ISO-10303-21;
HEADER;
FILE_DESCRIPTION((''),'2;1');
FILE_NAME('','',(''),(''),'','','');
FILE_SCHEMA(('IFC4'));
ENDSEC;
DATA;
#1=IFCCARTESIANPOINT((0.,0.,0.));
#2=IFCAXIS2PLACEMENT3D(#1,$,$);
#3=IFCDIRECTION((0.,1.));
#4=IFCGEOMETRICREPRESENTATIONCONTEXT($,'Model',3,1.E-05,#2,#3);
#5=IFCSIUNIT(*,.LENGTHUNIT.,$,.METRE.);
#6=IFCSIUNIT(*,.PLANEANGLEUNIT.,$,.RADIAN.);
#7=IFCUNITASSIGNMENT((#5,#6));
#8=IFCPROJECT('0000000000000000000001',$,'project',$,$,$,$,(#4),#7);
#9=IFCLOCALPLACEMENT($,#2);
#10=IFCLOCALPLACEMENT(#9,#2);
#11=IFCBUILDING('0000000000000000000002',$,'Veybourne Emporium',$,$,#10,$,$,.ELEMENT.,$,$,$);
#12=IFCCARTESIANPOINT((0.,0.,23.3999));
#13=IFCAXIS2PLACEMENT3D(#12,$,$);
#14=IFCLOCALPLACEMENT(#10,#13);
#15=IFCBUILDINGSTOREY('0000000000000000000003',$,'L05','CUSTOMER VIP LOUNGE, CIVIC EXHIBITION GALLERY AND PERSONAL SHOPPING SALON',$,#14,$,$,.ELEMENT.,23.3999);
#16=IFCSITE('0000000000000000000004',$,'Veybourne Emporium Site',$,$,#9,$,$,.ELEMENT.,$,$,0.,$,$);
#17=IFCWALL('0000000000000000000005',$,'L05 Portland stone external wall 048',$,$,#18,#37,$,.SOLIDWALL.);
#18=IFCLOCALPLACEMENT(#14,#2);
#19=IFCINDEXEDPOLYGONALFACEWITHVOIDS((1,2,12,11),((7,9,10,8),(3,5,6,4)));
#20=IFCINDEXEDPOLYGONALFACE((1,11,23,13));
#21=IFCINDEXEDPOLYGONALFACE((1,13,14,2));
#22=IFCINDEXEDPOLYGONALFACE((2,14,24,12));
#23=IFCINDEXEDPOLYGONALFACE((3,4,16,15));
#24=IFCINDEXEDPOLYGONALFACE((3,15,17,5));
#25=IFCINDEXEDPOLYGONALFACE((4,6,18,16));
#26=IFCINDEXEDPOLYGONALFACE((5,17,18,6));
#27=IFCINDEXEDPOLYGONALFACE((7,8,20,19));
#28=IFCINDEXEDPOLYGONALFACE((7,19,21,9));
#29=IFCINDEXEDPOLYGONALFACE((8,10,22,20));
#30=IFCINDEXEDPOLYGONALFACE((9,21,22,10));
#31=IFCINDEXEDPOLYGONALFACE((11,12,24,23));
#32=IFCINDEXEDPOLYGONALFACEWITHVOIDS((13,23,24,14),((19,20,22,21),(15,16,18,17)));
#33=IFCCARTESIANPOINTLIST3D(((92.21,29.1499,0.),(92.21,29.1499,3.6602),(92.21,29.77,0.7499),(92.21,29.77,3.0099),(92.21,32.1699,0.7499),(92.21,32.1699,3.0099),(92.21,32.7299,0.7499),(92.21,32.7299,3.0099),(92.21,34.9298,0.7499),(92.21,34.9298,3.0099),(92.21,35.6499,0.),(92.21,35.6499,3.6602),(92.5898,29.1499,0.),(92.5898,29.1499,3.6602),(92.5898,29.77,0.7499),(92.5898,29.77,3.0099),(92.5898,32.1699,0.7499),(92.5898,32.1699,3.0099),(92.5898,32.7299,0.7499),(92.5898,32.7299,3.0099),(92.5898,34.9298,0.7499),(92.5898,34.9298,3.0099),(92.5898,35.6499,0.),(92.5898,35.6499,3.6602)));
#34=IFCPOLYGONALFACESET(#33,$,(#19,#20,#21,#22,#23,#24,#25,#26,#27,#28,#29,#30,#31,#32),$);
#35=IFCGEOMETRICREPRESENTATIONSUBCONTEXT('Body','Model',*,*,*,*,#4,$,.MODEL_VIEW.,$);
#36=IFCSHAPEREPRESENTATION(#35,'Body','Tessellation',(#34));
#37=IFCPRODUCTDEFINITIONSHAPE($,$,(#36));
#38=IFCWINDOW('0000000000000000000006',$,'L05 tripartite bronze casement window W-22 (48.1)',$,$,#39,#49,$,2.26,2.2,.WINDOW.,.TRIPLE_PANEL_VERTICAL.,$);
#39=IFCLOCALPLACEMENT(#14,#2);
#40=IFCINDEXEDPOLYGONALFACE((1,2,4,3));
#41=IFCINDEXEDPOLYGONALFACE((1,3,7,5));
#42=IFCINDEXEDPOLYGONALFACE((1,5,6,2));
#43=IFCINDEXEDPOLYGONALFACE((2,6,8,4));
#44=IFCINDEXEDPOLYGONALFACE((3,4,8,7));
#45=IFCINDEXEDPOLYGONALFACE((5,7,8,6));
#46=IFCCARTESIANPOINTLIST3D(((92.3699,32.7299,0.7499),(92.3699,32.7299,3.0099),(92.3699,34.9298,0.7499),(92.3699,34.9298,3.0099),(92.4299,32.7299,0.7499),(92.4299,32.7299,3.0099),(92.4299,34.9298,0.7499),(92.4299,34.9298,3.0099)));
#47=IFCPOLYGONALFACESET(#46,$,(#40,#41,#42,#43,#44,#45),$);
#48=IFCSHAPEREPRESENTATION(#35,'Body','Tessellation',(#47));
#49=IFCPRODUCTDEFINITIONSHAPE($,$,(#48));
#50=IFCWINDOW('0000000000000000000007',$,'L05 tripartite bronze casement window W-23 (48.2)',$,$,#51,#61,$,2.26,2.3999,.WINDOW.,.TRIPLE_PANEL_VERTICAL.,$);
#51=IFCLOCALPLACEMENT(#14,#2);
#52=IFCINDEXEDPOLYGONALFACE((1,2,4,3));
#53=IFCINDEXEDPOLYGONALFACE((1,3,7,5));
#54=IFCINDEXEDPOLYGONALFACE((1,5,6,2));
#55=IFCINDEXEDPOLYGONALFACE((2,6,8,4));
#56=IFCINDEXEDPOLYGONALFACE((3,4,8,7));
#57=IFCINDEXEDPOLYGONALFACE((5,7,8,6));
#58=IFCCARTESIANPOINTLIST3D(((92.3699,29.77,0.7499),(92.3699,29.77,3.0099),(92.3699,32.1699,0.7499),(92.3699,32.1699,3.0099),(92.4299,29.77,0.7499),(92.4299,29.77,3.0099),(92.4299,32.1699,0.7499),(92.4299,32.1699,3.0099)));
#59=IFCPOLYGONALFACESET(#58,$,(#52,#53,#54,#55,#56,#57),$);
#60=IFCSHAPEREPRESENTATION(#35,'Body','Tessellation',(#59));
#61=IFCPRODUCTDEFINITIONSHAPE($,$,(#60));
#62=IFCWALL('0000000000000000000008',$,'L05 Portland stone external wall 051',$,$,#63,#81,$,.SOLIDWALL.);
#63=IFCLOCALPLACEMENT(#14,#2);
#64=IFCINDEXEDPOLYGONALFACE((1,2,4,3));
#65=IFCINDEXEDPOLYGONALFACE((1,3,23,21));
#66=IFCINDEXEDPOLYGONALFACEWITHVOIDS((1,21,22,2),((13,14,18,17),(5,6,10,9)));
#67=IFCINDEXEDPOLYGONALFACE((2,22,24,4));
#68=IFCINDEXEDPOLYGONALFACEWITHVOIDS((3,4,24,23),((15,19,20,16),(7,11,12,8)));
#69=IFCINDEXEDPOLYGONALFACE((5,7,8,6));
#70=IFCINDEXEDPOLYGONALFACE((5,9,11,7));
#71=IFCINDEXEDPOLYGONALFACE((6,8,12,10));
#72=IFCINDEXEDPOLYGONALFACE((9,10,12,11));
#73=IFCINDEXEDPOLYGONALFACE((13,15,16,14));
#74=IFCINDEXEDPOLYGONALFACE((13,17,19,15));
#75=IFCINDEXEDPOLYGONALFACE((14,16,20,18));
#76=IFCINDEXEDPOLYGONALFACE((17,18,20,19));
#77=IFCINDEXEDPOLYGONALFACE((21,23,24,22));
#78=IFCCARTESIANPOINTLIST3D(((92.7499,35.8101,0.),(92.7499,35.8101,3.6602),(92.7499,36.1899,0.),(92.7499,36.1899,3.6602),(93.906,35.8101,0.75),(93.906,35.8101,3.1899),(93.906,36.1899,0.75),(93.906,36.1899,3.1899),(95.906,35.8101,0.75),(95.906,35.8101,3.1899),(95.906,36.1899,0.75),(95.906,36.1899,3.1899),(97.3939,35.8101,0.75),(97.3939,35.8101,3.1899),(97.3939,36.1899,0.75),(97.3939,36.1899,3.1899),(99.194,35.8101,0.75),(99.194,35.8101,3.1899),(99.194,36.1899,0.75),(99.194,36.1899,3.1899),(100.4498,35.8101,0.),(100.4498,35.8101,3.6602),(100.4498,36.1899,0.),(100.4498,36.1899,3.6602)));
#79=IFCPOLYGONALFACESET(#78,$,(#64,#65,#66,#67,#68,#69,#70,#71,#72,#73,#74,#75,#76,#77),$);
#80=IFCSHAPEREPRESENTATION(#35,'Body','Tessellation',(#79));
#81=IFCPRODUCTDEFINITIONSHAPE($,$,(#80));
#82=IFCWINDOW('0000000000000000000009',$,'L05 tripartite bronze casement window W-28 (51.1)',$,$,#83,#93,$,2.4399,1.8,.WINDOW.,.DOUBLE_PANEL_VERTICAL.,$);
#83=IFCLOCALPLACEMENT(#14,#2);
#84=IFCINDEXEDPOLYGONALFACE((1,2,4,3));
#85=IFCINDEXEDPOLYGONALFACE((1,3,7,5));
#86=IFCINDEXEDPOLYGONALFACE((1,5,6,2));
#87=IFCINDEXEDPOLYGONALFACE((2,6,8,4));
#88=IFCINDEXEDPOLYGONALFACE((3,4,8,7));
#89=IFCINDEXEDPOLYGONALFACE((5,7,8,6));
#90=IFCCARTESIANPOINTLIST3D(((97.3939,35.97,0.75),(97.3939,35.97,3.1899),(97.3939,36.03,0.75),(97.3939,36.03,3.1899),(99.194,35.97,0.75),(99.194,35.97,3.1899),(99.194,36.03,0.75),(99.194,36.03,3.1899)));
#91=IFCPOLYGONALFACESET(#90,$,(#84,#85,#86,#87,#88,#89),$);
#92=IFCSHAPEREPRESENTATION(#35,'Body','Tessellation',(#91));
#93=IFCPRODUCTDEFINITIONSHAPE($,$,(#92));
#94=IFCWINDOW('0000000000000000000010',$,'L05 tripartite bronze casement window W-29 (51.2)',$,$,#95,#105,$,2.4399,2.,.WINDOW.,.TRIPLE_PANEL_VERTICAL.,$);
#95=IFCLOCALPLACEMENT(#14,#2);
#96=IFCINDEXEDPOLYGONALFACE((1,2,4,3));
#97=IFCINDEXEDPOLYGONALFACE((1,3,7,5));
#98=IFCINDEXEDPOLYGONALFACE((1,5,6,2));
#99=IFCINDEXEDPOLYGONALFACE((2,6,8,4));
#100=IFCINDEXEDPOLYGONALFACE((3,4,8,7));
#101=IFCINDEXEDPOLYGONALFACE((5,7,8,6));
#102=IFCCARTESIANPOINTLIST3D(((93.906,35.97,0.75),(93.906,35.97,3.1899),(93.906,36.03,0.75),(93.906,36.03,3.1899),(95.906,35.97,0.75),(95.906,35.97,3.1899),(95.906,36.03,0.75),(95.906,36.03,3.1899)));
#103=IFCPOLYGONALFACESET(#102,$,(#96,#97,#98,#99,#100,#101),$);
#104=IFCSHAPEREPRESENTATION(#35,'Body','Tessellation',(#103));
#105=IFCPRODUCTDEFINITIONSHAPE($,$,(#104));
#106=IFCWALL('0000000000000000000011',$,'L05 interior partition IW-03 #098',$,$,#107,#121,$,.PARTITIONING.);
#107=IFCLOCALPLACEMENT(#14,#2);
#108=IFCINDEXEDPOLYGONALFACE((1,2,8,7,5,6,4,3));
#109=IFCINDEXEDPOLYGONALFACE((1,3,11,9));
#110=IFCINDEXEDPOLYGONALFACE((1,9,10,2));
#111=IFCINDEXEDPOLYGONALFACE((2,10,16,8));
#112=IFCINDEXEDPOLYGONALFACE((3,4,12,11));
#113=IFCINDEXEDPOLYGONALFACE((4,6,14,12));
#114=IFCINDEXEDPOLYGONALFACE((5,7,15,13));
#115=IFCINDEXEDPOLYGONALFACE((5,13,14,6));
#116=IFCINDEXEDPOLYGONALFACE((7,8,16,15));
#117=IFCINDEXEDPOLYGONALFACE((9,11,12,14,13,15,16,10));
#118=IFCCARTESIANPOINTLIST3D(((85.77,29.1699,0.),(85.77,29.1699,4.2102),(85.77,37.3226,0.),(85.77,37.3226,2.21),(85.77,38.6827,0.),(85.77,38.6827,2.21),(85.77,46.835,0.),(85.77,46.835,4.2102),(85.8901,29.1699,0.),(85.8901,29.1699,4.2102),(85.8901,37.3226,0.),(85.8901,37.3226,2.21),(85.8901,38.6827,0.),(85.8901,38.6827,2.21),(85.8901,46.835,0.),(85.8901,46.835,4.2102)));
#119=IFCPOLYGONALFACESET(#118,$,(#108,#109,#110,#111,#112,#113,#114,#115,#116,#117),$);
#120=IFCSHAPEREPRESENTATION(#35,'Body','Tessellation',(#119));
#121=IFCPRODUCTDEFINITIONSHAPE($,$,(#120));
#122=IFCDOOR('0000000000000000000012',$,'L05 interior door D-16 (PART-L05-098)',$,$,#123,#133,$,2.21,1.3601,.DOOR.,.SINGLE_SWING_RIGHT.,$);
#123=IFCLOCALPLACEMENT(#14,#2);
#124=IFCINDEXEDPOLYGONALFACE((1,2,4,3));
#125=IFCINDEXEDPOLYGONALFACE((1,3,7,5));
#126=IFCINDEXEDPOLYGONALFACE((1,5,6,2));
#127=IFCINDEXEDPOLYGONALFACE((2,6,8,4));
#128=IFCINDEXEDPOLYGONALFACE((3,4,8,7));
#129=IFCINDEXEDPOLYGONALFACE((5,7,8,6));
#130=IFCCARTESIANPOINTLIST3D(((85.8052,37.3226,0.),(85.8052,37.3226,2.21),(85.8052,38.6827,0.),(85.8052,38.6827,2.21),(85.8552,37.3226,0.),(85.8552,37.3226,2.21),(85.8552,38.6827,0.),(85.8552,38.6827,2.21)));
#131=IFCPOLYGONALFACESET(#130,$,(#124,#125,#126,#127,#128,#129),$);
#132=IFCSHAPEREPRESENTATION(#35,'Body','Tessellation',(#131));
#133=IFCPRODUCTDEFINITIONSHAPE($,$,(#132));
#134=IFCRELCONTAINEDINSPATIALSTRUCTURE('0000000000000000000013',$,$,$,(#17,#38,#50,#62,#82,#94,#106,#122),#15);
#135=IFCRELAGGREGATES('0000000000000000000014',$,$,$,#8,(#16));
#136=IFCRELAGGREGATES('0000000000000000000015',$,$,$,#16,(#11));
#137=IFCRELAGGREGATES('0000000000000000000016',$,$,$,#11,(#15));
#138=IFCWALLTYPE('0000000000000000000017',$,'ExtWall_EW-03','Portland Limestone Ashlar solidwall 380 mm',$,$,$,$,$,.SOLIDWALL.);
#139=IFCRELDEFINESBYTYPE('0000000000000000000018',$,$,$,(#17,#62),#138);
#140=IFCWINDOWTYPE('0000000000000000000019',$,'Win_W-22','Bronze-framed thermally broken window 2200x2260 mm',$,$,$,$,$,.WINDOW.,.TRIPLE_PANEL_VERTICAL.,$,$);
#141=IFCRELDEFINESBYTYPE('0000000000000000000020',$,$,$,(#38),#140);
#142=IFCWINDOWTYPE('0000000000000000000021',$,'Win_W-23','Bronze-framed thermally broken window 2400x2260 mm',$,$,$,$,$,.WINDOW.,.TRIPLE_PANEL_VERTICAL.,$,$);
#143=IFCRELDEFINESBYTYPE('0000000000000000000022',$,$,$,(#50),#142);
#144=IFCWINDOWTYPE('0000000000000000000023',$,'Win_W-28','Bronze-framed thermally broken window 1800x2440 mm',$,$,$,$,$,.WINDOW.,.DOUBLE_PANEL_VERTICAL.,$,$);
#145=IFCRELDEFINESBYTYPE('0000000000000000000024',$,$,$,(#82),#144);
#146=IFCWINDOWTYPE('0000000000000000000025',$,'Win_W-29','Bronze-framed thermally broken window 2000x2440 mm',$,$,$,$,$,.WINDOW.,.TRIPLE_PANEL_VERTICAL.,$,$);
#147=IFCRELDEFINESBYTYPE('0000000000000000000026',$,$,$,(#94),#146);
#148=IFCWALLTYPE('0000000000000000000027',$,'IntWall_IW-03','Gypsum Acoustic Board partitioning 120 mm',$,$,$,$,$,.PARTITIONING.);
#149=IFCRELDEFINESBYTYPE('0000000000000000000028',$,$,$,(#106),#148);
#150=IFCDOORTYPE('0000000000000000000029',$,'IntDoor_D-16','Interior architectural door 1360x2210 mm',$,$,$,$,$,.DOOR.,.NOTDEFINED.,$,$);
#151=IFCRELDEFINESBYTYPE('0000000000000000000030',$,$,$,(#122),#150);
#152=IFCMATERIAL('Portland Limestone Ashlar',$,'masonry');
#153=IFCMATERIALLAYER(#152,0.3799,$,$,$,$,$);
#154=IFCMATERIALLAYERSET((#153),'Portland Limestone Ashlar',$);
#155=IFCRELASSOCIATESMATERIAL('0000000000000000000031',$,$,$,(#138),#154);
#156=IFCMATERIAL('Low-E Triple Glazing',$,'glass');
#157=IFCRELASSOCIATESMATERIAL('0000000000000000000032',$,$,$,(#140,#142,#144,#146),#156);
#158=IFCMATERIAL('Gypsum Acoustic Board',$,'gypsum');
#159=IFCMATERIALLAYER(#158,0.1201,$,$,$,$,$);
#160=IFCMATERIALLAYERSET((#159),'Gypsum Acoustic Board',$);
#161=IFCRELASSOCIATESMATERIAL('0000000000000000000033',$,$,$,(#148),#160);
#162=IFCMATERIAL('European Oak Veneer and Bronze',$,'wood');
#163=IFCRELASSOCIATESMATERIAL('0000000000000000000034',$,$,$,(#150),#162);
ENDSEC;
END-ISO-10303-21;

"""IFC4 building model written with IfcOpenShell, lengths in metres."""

from ifc_helpers import new_model, si_unit, direction, frame, frame_2d, origin, place, context, subcontext, project, spatial, rectangle, extrude, material, layer, layer_set, type_object, element, fill, save


model = new_model("IFC4")

# Units and contexts
model_context = context("Model", 3, precision=1e-05, world=origin(), true_north=direction((0.0, 1.0)))
body_context = subcontext(model_context, "Body", "Model", "MODEL_VIEW")
ifc_project = project(units=[si_unit("LENGTHUNIT", "METRE"), si_unit("PLANEANGLEUNIT", "RADIAN")], contexts=[model_context])

# Site, building, storey
site_placement = place(None, origin())
site = spatial("IfcSite", under=ifc_project, at=site_placement, Name="Veybourne Emporium Site", CompositionType="ELEMENT", RefElevation=0.0)
building_placement = place(site_placement, origin())
building = spatial("IfcBuilding", under=site, at=building_placement, Name="Veybourne Emporium", CompositionType="ELEMENT")
storey_placement = place(building_placement, frame((0.0, 0.0, 23.3999)))
storey = spatial("IfcBuildingStorey", under=building, at=storey_placement, Name="L05", Description="CUSTOMER VIP LOUNGE, CIVIC EXHIBITION GALLERY AND PERSONAL SHOPPING SALON", CompositionType="ELEMENT", Elevation=23.3999)

# Walls, openings, windows
ifc_material_1 = material(Name="Portland Limestone Ashlar", Category="masonry")
ifc_layer_1 = layer(ifc_material_1, 0.3799)
ifc_layer_set_1 = layer_set([ifc_layer_1], Name="Portland Limestone Ashlar")
wall_type_1 = type_object("IfcWallType", Name="ExtWall_EW-03", Description="Portland Limestone Ashlar solidwall 380 mm", PredefinedType="SOLIDWALL", material=ifc_layer_set_1)
ifc_material_2 = material(Name="Low-E Triple Glazing", Category="glass")
wall_1_placement = place(storey_placement, frame((92.3999, 35.6499, 0.0), z_axis=(0.0, 0.0, 1.0), x_axis=(0.0, -1.0, 0.0)))
wall_1 = element("IfcWall", 1, at=wall_1_placement, inside=storey, type_object=wall_type_1, Name="L05 Portland stone external wall 048", PredefinedType="SOLIDWALL", context=body_context, shape_type="SweptSolid", body=[
    extrude(rectangle(XDim=6.5, YDim=0.3799, at=frame_2d((3.25, 0.0))), origin(), (0.0, 0.0, 1.0), 3.6602),
])
opening_1_placement = place(wall_1_placement, frame((0.72, 0.0, 0.75)))
opening_1 = element("IfcOpeningElement", 2, at=opening_1_placement, cuts=wall_1, PredefinedType="OPENING", context=body_context, shape_type="SweptSolid", body=[
    extrude(rectangle(XDim=2.2, YDim=2.26, at=frame_2d((1.1001, 1.1299))), frame((0.0, 0.21, 0.0), z_axis=(0.0, -1.0, 0.0), x_axis=(1.0, 0.0, 0.0)), (0.0, 0.0, 1.0), 0.4199),
])
opening_2_placement = place(wall_1_placement, frame((3.48, 0.0, 0.75)))
opening_2 = element("IfcOpeningElement", 3, at=opening_2_placement, cuts=wall_1, PredefinedType="OPENING", context=body_context, shape_type="SweptSolid", body=[
    extrude(rectangle(XDim=2.3999, YDim=2.26, at=frame_2d((1.2, 1.1299))), frame((0.0, 0.21, 0.0), z_axis=(0.0, -1.0, 0.0), x_axis=(1.0, 0.0, 0.0)), (0.0, 0.0, 1.0), 0.4199),
])
window_type_1 = type_object("IfcWindowType", Name="Win_W-22", Description="Bronze-framed thermally broken window 2200x2260 mm", PartitioningType="TRIPLE_PANEL_VERTICAL", PredefinedType="WINDOW", material=ifc_material_2)
window_1_placement = place(opening_1_placement, origin())
window_1 = element("IfcWindow", 4, at=window_1_placement, inside=storey, type_object=window_type_1, Name="L05 tripartite bronze casement window W-22 (48.1)", OverallHeight=2.26, OverallWidth=2.2, PartitioningType="TRIPLE_PANEL_VERTICAL", PredefinedType="WINDOW", context=body_context, shape_type="SweptSolid", body=[
    extrude(rectangle(XDim=2.2, YDim=2.26, at=frame_2d((1.1001, 1.1299))), frame((0.0, 0.03, 0.0), z_axis=(0.0, -1.0, 0.0), x_axis=(1.0, 0.0, 0.0)), (0.0, 0.0, 1.0), 0.0601),
])
fill(opening_1, window_1)
window_type_2 = type_object("IfcWindowType", Name="Win_W-23", Description="Bronze-framed thermally broken window 2400x2260 mm", PartitioningType="TRIPLE_PANEL_VERTICAL", PredefinedType="WINDOW", material=ifc_material_2)
window_2_placement = place(opening_2_placement, origin())
window_2 = element("IfcWindow", 5, at=window_2_placement, inside=storey, type_object=window_type_2, Name="L05 tripartite bronze casement window W-23 (48.2)", OverallHeight=2.26, OverallWidth=2.3999, PartitioningType="TRIPLE_PANEL_VERTICAL", PredefinedType="WINDOW", context=body_context, shape_type="SweptSolid", body=[
    extrude(rectangle(XDim=2.3999, YDim=2.26, at=frame_2d((1.2, 1.1299))), frame((0.0, 0.03, 0.0), z_axis=(0.0, -1.0, 0.0), x_axis=(1.0, 0.0, 0.0)), (0.0, 0.0, 1.0), 0.0601),
])
fill(opening_2, window_2)
wall_2_placement = place(storey_placement, frame((100.45, 36.0, 0.0), z_axis=(0.0, 0.0, 1.0), x_axis=(-1.0, 0.0, 0.0)))
wall_2 = element("IfcWall", 6, at=wall_2_placement, inside=storey, type_object=wall_type_1, Name="L05 Portland stone external wall 051", PredefinedType="SOLIDWALL", context=body_context, shape_type="SweptSolid", body=[
    extrude(rectangle(XDim=7.7, YDim=0.3799, at=frame_2d((3.8501, 0.0))), origin(), (0.0, 0.0, 1.0), 3.6602),
])
opening_3_placement = place(wall_2_placement, frame((1.2561, 0.0, 0.75)))
opening_3 = element("IfcOpeningElement", 7, at=opening_3_placement, cuts=wall_2, PredefinedType="OPENING", context=body_context, shape_type="SweptSolid", body=[
    extrude(rectangle(XDim=1.8, YDim=2.4399, at=frame_2d((0.8999, 1.22))), frame((0.0, 0.21, 0.0), z_axis=(0.0, -1.0, 0.0), x_axis=(1.0, 0.0, 0.0)), (0.0, 0.0, 1.0), 0.4199),
])
opening_4_placement = place(wall_2_placement, frame((4.5439, 0.0, 0.75)))
opening_4 = element("IfcOpeningElement", 8, at=opening_4_placement, cuts=wall_2, PredefinedType="OPENING", context=body_context, shape_type="SweptSolid", body=[
    extrude(rectangle(XDim=2.0, YDim=2.4399, at=frame_2d((1.0, 1.22))), frame((0.0, 0.21, 0.0), z_axis=(0.0, -1.0, 0.0), x_axis=(1.0, 0.0, 0.0)), (0.0, 0.0, 1.0), 0.4199),
])
window_type_3 = type_object("IfcWindowType", Name="Win_W-28", Description="Bronze-framed thermally broken window 1800x2440 mm", PartitioningType="DOUBLE_PANEL_VERTICAL", PredefinedType="WINDOW", material=ifc_material_2)
window_3_placement = place(opening_3_placement, origin())
window_3 = element("IfcWindow", 9, at=window_3_placement, inside=storey, type_object=window_type_3, Name="L05 tripartite bronze casement window W-28 (51.1)", OverallHeight=2.4399, OverallWidth=1.8, PartitioningType="DOUBLE_PANEL_VERTICAL", PredefinedType="WINDOW", context=body_context, shape_type="SweptSolid", body=[
    extrude(rectangle(XDim=1.8, YDim=2.4399, at=frame_2d((0.8999, 1.22))), frame((0.0, 0.03, 0.0), z_axis=(0.0, -1.0, 0.0), x_axis=(1.0, 0.0, 0.0)), (0.0, 0.0, 1.0), 0.0601),
])
fill(opening_3, window_3)
window_type_4 = type_object("IfcWindowType", Name="Win_W-29", Description="Bronze-framed thermally broken window 2000x2440 mm", PartitioningType="TRIPLE_PANEL_VERTICAL", PredefinedType="WINDOW", material=ifc_material_2)
window_4_placement = place(opening_4_placement, origin())
window_4 = element("IfcWindow", 10, at=window_4_placement, inside=storey, type_object=window_type_4, Name="L05 tripartite bronze casement window W-29 (51.2)", OverallHeight=2.4399, OverallWidth=2.0, PartitioningType="TRIPLE_PANEL_VERTICAL", PredefinedType="WINDOW", context=body_context, shape_type="SweptSolid", body=[
    extrude(rectangle(XDim=2.0, YDim=2.4399, at=frame_2d((1.0, 1.22))), frame((0.0, 0.03, 0.0), z_axis=(0.0, -1.0, 0.0), x_axis=(1.0, 0.0, 0.0)), (0.0, 0.0, 1.0), 0.0601),
])
fill(opening_4, window_4)

# Wall, opening, door
ifc_material_3 = material(Name="Gypsum Acoustic Board", Category="gypsum")
ifc_layer_2 = layer(ifc_material_3, 0.1201)
ifc_layer_set_2 = layer_set([ifc_layer_2], Name="Gypsum Acoustic Board")
wall_type_2 = type_object("IfcWallType", Name="IntWall_IW-03", Description="Gypsum Acoustic Board partitioning 120 mm", PredefinedType="PARTITIONING", material=ifc_layer_set_2)
wall_3_placement = place(storey_placement, frame((85.8301, 29.1699, 0.0), z_axis=(0.0, 0.0, 1.0), x_axis=(0.0, 1.0, 0.0)))
wall_3 = element("IfcWall", 11, at=wall_3_placement, inside=storey, type_object=wall_type_2, Name="L05 interior partition IW-03 #098", PredefinedType="PARTITIONING", context=body_context, shape_type="SweptSolid", body=[
    extrude(rectangle(XDim=17.665, YDim=0.1201, at=frame_2d((8.8325, 0.0))), origin(), (0.0, 0.0, 1.0), 4.2102),
])
opening_5_placement = place(wall_3_placement, frame((8.1526, 0.0, 0.0)))
opening_5 = element("IfcOpeningElement", 12, at=opening_5_placement, cuts=wall_3, PredefinedType="OPENING", context=body_context, shape_type="SweptSolid", body=[
    extrude(rectangle(XDim=1.3601, YDim=2.21, at=frame_2d((0.6802, 1.105))), frame((0.0, 0.0801, 0.0), z_axis=(0.0, -1.0, 0.0), x_axis=(1.0, 0.0, 0.0)), (0.0, 0.0, 1.0), 0.1602),
])
ifc_material_4 = material(Name="European Oak Veneer and Bronze", Category="wood")
door_type = type_object("IfcDoorType", Name="IntDoor_D-16", Description="Interior architectural door 1360x2210 mm", OperationType="NOTDEFINED", PredefinedType="DOOR", material=ifc_material_4)
door_placement = place(opening_5_placement, origin())
door = element("IfcDoor", 13, at=door_placement, inside=storey, type_object=door_type, Name="L05 interior door D-16 (PART-L05-098)", OperationType="SINGLE_SWING_RIGHT", OverallHeight=2.21, OverallWidth=1.3601, PredefinedType="DOOR", context=body_context, shape_type="SweptSolid", body=[
    extrude(rectangle(XDim=1.3601, YDim=2.21, at=frame_2d((0.6802, 1.105))), frame((0.0, 0.0249, 0.0), z_axis=(0.0, -1.0, 0.0), x_axis=(1.0, 0.0, 0.0)), (0.0, 0.0, 1.0), 0.05),
])
fill(opening_5, door)

save(model, "model.ifc")
